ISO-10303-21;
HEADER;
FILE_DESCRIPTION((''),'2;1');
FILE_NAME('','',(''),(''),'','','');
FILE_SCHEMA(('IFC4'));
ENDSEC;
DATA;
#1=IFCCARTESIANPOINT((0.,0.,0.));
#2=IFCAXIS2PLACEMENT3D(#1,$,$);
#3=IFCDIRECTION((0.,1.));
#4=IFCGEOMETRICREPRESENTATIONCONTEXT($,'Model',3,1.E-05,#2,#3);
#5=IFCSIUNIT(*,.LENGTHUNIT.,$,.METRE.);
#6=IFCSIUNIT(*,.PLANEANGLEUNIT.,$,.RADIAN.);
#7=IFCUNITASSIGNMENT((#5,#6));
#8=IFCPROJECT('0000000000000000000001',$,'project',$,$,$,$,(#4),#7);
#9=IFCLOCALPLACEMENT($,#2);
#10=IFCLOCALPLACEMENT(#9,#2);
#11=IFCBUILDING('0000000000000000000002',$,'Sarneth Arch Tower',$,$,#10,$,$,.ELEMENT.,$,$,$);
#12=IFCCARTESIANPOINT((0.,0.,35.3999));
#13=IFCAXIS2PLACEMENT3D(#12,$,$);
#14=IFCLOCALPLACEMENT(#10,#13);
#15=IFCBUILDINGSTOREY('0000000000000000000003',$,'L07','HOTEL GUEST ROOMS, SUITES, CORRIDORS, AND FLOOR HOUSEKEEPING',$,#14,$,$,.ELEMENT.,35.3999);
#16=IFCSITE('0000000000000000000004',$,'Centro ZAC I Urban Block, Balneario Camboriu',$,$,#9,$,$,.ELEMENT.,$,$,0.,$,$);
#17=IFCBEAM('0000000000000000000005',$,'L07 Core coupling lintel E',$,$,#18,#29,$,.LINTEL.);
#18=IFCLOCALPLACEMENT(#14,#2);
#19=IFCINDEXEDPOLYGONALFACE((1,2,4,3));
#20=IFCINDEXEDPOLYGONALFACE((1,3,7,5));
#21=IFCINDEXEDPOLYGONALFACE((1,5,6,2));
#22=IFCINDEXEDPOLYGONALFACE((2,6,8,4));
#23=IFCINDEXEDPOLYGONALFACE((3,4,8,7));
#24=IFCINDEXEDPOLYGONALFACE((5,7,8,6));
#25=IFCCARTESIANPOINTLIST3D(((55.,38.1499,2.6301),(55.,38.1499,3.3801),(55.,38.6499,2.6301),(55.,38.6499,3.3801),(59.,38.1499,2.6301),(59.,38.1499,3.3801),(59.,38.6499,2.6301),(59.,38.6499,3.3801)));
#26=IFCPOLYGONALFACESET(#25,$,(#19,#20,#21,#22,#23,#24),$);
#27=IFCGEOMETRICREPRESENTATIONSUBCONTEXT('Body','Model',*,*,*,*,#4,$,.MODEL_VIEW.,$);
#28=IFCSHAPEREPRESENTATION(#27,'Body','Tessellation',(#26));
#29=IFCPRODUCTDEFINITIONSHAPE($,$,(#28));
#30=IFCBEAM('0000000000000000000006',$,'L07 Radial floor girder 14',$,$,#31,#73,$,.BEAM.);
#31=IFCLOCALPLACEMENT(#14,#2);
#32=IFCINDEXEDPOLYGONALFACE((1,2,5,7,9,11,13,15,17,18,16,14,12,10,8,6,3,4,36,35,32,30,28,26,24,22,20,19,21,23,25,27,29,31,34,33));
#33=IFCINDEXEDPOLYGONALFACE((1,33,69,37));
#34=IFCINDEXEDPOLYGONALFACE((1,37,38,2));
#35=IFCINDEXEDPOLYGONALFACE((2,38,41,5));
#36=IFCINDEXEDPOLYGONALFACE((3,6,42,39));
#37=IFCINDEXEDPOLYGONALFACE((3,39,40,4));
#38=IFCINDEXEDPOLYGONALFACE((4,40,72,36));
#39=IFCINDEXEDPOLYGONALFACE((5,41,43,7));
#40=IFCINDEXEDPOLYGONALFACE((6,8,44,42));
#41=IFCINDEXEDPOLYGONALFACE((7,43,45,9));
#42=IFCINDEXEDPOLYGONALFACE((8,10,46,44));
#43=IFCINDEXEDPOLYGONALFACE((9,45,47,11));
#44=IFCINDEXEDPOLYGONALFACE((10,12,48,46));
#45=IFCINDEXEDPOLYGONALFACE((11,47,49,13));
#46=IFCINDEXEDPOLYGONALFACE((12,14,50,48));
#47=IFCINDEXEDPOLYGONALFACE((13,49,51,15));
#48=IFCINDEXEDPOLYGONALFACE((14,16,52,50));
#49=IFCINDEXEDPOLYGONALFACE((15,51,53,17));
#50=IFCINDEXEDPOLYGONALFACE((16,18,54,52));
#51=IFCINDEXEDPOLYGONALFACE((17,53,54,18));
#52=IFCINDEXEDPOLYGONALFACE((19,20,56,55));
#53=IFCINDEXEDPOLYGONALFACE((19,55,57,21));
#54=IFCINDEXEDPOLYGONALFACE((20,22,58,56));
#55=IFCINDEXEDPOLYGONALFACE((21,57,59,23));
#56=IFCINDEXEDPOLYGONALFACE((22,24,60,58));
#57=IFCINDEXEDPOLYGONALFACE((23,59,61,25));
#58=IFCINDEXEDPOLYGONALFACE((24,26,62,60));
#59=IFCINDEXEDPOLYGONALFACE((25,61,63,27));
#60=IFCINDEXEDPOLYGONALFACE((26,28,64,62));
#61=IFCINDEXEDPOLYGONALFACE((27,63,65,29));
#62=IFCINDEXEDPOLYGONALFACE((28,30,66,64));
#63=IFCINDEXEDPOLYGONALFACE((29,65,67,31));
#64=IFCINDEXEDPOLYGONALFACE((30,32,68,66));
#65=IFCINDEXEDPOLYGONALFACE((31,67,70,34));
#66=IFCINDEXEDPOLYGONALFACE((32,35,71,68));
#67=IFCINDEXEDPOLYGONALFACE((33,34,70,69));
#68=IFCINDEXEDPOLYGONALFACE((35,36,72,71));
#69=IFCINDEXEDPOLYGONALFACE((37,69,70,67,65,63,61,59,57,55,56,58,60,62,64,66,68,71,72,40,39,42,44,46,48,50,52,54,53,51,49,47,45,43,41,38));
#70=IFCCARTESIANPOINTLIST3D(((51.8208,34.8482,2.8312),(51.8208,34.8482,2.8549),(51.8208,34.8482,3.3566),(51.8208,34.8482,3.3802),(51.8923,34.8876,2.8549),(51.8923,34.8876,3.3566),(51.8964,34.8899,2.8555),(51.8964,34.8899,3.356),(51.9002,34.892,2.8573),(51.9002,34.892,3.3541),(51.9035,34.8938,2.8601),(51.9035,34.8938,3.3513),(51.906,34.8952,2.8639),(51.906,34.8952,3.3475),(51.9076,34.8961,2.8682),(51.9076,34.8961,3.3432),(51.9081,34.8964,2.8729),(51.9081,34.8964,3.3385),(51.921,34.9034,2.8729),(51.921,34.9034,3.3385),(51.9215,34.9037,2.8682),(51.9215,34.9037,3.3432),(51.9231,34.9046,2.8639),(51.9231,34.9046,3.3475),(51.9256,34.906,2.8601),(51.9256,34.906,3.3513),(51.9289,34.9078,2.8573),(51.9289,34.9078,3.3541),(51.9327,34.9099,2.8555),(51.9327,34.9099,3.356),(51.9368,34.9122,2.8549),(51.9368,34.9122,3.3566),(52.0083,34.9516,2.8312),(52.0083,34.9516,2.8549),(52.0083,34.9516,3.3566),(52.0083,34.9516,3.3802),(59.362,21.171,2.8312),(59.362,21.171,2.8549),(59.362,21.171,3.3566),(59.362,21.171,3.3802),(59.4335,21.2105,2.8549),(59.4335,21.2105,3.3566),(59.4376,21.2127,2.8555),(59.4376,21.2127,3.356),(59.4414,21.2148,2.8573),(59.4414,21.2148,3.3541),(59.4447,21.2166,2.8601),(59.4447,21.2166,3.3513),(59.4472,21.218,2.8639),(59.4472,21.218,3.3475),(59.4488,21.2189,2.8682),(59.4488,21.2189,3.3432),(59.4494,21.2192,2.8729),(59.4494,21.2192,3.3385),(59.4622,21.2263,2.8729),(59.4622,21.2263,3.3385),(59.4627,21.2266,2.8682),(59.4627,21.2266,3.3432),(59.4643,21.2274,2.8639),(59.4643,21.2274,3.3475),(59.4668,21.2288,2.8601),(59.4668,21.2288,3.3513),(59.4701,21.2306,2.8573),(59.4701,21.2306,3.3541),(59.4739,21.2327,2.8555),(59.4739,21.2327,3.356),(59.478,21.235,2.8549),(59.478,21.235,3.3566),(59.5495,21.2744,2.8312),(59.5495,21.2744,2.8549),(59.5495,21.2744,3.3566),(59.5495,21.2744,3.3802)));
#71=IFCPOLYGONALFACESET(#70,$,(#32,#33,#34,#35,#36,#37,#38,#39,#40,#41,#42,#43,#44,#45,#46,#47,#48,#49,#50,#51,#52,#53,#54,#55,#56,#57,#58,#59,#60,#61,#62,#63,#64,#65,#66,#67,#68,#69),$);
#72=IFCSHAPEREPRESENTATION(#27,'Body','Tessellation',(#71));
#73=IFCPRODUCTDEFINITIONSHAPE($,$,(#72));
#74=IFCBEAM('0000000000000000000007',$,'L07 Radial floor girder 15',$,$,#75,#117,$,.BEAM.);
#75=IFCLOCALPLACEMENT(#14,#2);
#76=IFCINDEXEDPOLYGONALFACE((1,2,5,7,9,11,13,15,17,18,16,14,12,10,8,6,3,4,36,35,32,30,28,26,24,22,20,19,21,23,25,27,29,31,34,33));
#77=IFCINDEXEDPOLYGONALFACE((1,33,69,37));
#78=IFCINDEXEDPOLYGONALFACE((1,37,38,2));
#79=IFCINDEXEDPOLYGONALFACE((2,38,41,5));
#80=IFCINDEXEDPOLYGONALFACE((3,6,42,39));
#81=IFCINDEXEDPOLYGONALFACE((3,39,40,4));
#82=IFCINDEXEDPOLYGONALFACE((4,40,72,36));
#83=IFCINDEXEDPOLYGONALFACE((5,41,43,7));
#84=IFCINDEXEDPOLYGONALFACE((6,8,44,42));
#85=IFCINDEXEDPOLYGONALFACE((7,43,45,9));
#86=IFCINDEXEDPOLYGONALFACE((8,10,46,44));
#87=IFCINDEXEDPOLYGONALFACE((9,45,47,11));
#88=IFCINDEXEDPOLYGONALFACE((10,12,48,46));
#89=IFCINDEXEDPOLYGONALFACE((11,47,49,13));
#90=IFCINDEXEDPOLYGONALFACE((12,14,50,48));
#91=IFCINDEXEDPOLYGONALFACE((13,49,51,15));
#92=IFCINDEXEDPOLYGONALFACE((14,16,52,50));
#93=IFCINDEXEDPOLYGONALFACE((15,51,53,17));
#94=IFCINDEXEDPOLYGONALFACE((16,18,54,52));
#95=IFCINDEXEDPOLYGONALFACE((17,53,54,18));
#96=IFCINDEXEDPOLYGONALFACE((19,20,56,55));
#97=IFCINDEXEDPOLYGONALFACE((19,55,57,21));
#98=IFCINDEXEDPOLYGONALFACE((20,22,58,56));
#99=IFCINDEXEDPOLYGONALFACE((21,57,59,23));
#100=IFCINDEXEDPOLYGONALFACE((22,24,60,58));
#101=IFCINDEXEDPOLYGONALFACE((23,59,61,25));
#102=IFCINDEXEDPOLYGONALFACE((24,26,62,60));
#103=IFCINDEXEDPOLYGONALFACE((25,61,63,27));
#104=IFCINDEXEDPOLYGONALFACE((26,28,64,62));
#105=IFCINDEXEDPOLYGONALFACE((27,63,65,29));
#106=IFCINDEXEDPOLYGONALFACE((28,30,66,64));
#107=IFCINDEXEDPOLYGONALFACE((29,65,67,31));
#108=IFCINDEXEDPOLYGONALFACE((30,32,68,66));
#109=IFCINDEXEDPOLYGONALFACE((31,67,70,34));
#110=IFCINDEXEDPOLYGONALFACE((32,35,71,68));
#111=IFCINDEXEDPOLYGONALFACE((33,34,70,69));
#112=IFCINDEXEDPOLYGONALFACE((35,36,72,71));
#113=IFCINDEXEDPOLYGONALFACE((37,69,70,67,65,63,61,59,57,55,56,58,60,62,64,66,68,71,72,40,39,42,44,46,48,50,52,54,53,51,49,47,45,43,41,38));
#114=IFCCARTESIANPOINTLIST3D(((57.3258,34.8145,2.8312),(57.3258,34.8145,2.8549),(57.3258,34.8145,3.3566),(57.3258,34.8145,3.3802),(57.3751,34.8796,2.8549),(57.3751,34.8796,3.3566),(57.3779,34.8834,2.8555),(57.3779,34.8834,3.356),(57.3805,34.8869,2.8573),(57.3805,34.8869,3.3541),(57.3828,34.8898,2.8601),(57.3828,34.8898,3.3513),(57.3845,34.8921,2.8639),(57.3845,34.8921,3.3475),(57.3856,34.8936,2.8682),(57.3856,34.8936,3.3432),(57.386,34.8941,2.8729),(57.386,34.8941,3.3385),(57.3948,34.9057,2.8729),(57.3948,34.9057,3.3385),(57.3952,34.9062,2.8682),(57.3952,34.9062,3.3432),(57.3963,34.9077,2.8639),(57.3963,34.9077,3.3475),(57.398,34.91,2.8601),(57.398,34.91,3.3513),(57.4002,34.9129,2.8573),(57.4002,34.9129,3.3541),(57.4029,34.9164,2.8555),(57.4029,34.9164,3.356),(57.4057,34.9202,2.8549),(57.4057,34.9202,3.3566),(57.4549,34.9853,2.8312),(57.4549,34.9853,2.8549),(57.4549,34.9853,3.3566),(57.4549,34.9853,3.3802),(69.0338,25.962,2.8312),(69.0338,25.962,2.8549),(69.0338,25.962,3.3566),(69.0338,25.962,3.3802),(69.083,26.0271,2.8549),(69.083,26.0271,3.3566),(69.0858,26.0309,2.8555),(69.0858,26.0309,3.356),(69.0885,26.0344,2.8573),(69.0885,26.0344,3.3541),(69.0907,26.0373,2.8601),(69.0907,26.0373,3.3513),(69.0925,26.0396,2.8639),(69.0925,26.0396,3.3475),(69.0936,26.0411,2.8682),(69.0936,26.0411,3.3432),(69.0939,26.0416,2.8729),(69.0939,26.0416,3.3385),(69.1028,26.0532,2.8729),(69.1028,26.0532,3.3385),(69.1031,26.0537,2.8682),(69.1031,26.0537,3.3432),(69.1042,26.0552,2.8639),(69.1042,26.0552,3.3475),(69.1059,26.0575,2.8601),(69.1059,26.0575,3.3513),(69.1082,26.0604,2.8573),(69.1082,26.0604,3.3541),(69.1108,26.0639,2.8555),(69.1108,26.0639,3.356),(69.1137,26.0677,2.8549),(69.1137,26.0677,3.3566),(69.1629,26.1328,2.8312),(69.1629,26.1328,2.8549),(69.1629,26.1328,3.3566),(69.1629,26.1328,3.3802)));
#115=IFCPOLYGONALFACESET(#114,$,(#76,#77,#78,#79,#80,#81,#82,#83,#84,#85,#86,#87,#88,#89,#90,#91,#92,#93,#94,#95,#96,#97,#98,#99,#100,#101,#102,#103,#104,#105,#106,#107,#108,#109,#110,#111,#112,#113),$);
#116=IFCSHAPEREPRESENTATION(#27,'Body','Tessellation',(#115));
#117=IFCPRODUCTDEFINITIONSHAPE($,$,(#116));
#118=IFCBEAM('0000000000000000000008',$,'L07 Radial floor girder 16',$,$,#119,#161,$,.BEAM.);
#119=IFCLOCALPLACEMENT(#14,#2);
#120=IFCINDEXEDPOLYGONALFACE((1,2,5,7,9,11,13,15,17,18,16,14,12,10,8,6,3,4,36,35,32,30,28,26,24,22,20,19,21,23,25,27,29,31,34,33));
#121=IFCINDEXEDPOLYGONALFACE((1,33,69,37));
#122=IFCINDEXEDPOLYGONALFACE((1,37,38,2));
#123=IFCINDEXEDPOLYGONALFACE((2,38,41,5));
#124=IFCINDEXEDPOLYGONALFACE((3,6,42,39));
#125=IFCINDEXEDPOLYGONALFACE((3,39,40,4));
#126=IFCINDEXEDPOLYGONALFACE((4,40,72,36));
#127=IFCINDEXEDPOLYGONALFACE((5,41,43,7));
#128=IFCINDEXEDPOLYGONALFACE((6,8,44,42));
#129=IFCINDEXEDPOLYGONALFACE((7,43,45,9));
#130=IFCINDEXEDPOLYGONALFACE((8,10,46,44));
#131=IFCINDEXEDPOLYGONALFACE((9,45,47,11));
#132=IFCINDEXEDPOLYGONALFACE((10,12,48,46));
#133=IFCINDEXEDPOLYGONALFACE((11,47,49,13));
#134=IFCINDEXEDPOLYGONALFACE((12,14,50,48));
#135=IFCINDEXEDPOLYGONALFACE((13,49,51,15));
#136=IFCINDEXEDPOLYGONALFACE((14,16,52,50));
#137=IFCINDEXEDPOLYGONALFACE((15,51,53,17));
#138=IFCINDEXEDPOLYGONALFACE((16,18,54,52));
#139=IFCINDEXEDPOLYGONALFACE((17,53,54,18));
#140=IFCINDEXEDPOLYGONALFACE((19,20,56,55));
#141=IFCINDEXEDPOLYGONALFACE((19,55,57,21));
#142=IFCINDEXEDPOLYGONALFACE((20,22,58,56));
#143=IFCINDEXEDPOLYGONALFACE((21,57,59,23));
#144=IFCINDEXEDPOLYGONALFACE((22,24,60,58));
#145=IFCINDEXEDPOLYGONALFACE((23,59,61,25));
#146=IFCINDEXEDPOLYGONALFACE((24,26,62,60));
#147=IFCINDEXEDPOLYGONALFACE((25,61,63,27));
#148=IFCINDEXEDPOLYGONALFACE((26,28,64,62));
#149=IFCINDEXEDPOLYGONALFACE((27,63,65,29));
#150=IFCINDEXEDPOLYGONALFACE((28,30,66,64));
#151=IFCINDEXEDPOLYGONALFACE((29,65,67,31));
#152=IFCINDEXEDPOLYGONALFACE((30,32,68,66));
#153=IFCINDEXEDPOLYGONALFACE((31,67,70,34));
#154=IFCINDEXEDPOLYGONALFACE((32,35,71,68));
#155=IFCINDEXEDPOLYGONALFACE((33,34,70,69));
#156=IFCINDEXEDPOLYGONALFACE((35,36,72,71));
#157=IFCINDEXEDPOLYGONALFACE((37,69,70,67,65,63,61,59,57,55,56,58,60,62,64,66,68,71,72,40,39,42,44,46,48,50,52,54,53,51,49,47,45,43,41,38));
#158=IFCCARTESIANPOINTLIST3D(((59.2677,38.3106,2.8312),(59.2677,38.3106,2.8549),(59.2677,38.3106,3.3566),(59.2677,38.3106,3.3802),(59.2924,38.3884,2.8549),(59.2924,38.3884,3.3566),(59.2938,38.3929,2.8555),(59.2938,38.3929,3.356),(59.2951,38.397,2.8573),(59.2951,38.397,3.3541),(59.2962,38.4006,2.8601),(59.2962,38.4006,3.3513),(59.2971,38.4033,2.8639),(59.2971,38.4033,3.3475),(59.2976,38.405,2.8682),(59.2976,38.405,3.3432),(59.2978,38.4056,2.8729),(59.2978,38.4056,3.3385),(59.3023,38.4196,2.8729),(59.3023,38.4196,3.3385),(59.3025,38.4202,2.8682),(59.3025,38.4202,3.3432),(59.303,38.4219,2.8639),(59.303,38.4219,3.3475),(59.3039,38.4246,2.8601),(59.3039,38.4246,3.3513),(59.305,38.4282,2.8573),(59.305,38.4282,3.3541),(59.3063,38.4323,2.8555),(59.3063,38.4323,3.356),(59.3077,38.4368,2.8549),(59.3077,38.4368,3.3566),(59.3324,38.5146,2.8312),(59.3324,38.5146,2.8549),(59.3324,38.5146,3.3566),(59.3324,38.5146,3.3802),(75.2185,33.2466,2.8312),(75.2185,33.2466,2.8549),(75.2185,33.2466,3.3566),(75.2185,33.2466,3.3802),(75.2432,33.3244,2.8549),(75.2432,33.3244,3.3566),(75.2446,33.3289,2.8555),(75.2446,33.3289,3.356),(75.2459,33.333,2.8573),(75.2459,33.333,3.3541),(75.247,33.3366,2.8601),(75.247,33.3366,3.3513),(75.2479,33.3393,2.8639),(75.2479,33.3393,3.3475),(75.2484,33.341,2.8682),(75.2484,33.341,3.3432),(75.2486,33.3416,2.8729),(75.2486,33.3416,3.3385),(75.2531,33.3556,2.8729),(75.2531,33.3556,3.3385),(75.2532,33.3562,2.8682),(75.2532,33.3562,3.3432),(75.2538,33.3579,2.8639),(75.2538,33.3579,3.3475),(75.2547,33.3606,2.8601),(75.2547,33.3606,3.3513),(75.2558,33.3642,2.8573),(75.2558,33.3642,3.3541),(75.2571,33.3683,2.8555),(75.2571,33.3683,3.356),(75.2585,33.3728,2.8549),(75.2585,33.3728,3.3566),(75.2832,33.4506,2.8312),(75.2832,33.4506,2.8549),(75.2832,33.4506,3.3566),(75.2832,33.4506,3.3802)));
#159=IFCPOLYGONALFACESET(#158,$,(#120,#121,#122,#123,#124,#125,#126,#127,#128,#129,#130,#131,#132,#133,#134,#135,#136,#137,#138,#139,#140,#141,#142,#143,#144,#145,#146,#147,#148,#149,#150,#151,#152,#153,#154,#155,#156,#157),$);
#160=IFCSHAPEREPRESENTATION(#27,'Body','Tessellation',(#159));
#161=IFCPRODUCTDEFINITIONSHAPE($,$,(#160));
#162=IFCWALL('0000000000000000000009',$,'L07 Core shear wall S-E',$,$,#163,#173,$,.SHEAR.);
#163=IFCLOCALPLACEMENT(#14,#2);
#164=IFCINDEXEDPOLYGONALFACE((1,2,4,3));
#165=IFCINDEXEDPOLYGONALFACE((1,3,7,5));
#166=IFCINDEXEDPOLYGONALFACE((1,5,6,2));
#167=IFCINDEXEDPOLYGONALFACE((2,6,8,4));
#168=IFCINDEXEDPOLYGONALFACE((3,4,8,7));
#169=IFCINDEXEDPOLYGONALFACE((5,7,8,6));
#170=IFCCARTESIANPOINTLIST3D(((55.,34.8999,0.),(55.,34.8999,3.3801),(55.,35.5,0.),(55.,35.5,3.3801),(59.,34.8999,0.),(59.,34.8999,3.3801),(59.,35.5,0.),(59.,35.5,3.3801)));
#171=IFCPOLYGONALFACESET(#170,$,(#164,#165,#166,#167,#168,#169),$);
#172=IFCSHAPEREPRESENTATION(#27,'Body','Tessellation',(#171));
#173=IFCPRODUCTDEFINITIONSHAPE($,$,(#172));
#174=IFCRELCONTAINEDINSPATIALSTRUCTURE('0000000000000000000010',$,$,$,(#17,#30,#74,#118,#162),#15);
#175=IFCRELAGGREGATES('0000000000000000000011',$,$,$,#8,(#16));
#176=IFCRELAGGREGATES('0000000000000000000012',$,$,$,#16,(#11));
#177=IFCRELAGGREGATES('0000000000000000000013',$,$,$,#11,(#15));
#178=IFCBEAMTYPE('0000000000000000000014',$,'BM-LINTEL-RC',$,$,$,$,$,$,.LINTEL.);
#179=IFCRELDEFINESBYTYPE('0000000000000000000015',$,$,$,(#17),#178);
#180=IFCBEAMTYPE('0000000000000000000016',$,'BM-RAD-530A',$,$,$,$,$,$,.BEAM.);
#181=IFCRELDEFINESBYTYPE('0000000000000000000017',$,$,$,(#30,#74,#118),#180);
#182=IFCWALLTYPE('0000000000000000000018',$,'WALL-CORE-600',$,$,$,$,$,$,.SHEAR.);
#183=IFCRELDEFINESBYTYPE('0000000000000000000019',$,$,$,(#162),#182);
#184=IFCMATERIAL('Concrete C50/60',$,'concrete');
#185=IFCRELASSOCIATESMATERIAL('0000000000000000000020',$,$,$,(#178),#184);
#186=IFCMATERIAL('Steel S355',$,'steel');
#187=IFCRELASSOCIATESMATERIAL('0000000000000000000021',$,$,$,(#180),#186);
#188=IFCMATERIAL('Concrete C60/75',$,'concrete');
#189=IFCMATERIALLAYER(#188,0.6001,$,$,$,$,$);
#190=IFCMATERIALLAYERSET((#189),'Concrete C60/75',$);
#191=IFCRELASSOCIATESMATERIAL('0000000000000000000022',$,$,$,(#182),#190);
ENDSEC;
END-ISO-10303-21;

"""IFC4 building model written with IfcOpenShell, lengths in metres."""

from ifc_helpers import new_model, si_unit, direction, frame, frame_2d, origin, origin_2d, place, context, subcontext, project, spatial, rectangle, i_section, extrude, material, layer, layer_set, material_profile, profile_set, type_object, element, save


model = new_model("IFC4")

# Units and contexts
model_context = context("Model", 3, precision=1e-05, world=origin(), true_north=direction((0.0, 1.0)))
body_context = subcontext(model_context, "Body", "Model", "MODEL_VIEW")
ifc_project = project(units=[si_unit("LENGTHUNIT", "METRE"), si_unit("PLANEANGLEUNIT", "RADIAN")], contexts=[model_context])

# Site, building, storey
site_placement = place(None, origin())
site = spatial("IfcSite", under=ifc_project, at=site_placement, Name="Centro ZAC I Urban Block, Balneario Camboriu", CompositionType="ELEMENT", RefElevation=0.0)
building_placement = place(site_placement, origin())
building = spatial("IfcBuilding", under=site, at=building_placement, Name="Sarneth Arch Tower", CompositionType="ELEMENT")
storey_placement = place(building_placement, frame((0.0, 0.0, 35.3999)))
storey = spatial("IfcBuildingStorey", under=building, at=storey_placement, Name="L07", Description="HOTEL GUEST ROOMS, SUITES, CORRIDORS, AND FLOOR HOUSEKEEPING", CompositionType="ELEMENT", Elevation=35.3999)

# Beams
ifc_material_1 = material(Name="Concrete C50/60", Category="concrete")
ifc_material_profile_1 = material_profile(ifc_material_1, rectangle(XDim=0.5, YDim=0.75, at=origin_2d()), Name="RC-500x750")
ifc_profile_set_1 = profile_set([ifc_material_profile_1], Name="Concrete C50/60")
beam_type_1 = type_object("IfcBeamType", Name="BM-LINTEL-RC", PredefinedType="LINTEL", material=ifc_profile_set_1)
beam_1_placement = place(storey_placement, frame((55.0, 38.3999, 3.0051), z_axis=(1.0, 0.0, 0.0), x_axis=(0.0, 1.0, 0.0)))
element("IfcBeam", 1, at=beam_1_placement, inside=storey, type_object=beam_type_1, Name="L07 Core coupling lintel E", PredefinedType="LINTEL", context=body_context, shape_type="SweptSolid", body=[
    extrude(rectangle(XDim=0.5, YDim=0.75, at=origin_2d()), origin(), (0.0, 0.0, 1.0), 4.0),
])
ifc_material_2 = material(Name="Steel S355", Category="steel")
ifc_material_profile_2 = material_profile(ifc_material_2, i_section(OverallWidth=0.2141, OverallDepth=0.5491, WebThickness=0.0146, FlangeThickness=0.0237, FilletRadius=0.0181, at=origin_2d()), Name="W530x138")
ifc_profile_set_2 = profile_set([ifc_material_profile_2], Name="Steel S355")
beam_type_2 = type_object("IfcBeamType", Name="BM-RAD-530A", PredefinedType="BEAM", material=ifc_profile_set_2)
beam_2_placement = place(storey_placement, frame((51.9146, 34.8999, 3.1057), z_axis=(0.482841, -0.875708, 0.0), x_axis=(0.875708, 0.482841, 0.0)))
element("IfcBeam", 2, at=beam_2_placement, inside=storey, type_object=beam_type_2, Name="L07 Radial floor girder 14", PredefinedType="BEAM", context=body_context, shape_type="SweptSolid", body=[
    extrude(i_section(OverallWidth=0.2141, OverallDepth=0.5491, WebThickness=0.0146, FlangeThickness=0.0237, FilletRadius=0.0181, at=origin_2d()), origin(), (0.0, 0.0, 1.0), 15.6184),
])
beam_3_placement = place(storey_placement, frame((57.3904, 34.8999, 3.1057), z_axis=(0.797655, -0.603114, 0.0), x_axis=(0.603114, 0.797655, 0.0)))
element("IfcBeam", 3, at=beam_3_placement, inside=storey, type_object=beam_type_2, Name="L07 Radial floor girder 15", PredefinedType="BEAM", context=body_context, shape_type="SweptSolid", body=[
    extrude(i_section(OverallWidth=0.2141, OverallDepth=0.5491, WebThickness=0.0146, FlangeThickness=0.0237, FilletRadius=0.0181, at=origin_2d()), origin(), (0.0, 0.0, 1.0), 14.678),
])
beam_4_placement = place(storey_placement, frame((59.3, 38.4126, 3.1057), z_axis=(0.95312, -0.302593, 0.0), x_axis=(0.302593, 0.95312, 0.0)))
element("IfcBeam", 4, at=beam_4_placement, inside=storey, type_object=beam_type_2, Name="L07 Radial floor girder 16", PredefinedType="BEAM", context=body_context, shape_type="SweptSolid", body=[
    extrude(i_section(OverallWidth=0.2141, OverallDepth=0.5491, WebThickness=0.0146, FlangeThickness=0.0237, FilletRadius=0.0181, at=origin_2d()), origin(), (0.0, 0.0, 1.0), 16.7354),
])

# Wall
ifc_material_3 = material(Name="Concrete C60/75", Category="concrete")
ifc_layer_1 = layer(ifc_material_3, 0.6001)
ifc_layer_set_1 = layer_set([ifc_layer_1], Name="Concrete C60/75")
wall_type_1 = type_object("IfcWallType", Name="WALL-CORE-600", PredefinedType="SHEAR", material=ifc_layer_set_1)
wall_1_placement = place(storey_placement, frame((55.0, 35.2, 0.0), z_axis=(0.0, 0.0, 1.0), x_axis=(1.0, 0.0, 0.0)))
element("IfcWall", 5, at=wall_1_placement, inside=storey, type_object=wall_type_1, Name="L07 Core shear wall S-E", PredefinedType="SHEAR", context=body_context, shape_type="SweptSolid", body=[
    extrude(rectangle(XDim=4.0, YDim=0.6001, at=frame_2d((2.0, 0.0))), origin(), (0.0, 0.0, 1.0), 3.3801),
])

save(model, "model.ifc")
